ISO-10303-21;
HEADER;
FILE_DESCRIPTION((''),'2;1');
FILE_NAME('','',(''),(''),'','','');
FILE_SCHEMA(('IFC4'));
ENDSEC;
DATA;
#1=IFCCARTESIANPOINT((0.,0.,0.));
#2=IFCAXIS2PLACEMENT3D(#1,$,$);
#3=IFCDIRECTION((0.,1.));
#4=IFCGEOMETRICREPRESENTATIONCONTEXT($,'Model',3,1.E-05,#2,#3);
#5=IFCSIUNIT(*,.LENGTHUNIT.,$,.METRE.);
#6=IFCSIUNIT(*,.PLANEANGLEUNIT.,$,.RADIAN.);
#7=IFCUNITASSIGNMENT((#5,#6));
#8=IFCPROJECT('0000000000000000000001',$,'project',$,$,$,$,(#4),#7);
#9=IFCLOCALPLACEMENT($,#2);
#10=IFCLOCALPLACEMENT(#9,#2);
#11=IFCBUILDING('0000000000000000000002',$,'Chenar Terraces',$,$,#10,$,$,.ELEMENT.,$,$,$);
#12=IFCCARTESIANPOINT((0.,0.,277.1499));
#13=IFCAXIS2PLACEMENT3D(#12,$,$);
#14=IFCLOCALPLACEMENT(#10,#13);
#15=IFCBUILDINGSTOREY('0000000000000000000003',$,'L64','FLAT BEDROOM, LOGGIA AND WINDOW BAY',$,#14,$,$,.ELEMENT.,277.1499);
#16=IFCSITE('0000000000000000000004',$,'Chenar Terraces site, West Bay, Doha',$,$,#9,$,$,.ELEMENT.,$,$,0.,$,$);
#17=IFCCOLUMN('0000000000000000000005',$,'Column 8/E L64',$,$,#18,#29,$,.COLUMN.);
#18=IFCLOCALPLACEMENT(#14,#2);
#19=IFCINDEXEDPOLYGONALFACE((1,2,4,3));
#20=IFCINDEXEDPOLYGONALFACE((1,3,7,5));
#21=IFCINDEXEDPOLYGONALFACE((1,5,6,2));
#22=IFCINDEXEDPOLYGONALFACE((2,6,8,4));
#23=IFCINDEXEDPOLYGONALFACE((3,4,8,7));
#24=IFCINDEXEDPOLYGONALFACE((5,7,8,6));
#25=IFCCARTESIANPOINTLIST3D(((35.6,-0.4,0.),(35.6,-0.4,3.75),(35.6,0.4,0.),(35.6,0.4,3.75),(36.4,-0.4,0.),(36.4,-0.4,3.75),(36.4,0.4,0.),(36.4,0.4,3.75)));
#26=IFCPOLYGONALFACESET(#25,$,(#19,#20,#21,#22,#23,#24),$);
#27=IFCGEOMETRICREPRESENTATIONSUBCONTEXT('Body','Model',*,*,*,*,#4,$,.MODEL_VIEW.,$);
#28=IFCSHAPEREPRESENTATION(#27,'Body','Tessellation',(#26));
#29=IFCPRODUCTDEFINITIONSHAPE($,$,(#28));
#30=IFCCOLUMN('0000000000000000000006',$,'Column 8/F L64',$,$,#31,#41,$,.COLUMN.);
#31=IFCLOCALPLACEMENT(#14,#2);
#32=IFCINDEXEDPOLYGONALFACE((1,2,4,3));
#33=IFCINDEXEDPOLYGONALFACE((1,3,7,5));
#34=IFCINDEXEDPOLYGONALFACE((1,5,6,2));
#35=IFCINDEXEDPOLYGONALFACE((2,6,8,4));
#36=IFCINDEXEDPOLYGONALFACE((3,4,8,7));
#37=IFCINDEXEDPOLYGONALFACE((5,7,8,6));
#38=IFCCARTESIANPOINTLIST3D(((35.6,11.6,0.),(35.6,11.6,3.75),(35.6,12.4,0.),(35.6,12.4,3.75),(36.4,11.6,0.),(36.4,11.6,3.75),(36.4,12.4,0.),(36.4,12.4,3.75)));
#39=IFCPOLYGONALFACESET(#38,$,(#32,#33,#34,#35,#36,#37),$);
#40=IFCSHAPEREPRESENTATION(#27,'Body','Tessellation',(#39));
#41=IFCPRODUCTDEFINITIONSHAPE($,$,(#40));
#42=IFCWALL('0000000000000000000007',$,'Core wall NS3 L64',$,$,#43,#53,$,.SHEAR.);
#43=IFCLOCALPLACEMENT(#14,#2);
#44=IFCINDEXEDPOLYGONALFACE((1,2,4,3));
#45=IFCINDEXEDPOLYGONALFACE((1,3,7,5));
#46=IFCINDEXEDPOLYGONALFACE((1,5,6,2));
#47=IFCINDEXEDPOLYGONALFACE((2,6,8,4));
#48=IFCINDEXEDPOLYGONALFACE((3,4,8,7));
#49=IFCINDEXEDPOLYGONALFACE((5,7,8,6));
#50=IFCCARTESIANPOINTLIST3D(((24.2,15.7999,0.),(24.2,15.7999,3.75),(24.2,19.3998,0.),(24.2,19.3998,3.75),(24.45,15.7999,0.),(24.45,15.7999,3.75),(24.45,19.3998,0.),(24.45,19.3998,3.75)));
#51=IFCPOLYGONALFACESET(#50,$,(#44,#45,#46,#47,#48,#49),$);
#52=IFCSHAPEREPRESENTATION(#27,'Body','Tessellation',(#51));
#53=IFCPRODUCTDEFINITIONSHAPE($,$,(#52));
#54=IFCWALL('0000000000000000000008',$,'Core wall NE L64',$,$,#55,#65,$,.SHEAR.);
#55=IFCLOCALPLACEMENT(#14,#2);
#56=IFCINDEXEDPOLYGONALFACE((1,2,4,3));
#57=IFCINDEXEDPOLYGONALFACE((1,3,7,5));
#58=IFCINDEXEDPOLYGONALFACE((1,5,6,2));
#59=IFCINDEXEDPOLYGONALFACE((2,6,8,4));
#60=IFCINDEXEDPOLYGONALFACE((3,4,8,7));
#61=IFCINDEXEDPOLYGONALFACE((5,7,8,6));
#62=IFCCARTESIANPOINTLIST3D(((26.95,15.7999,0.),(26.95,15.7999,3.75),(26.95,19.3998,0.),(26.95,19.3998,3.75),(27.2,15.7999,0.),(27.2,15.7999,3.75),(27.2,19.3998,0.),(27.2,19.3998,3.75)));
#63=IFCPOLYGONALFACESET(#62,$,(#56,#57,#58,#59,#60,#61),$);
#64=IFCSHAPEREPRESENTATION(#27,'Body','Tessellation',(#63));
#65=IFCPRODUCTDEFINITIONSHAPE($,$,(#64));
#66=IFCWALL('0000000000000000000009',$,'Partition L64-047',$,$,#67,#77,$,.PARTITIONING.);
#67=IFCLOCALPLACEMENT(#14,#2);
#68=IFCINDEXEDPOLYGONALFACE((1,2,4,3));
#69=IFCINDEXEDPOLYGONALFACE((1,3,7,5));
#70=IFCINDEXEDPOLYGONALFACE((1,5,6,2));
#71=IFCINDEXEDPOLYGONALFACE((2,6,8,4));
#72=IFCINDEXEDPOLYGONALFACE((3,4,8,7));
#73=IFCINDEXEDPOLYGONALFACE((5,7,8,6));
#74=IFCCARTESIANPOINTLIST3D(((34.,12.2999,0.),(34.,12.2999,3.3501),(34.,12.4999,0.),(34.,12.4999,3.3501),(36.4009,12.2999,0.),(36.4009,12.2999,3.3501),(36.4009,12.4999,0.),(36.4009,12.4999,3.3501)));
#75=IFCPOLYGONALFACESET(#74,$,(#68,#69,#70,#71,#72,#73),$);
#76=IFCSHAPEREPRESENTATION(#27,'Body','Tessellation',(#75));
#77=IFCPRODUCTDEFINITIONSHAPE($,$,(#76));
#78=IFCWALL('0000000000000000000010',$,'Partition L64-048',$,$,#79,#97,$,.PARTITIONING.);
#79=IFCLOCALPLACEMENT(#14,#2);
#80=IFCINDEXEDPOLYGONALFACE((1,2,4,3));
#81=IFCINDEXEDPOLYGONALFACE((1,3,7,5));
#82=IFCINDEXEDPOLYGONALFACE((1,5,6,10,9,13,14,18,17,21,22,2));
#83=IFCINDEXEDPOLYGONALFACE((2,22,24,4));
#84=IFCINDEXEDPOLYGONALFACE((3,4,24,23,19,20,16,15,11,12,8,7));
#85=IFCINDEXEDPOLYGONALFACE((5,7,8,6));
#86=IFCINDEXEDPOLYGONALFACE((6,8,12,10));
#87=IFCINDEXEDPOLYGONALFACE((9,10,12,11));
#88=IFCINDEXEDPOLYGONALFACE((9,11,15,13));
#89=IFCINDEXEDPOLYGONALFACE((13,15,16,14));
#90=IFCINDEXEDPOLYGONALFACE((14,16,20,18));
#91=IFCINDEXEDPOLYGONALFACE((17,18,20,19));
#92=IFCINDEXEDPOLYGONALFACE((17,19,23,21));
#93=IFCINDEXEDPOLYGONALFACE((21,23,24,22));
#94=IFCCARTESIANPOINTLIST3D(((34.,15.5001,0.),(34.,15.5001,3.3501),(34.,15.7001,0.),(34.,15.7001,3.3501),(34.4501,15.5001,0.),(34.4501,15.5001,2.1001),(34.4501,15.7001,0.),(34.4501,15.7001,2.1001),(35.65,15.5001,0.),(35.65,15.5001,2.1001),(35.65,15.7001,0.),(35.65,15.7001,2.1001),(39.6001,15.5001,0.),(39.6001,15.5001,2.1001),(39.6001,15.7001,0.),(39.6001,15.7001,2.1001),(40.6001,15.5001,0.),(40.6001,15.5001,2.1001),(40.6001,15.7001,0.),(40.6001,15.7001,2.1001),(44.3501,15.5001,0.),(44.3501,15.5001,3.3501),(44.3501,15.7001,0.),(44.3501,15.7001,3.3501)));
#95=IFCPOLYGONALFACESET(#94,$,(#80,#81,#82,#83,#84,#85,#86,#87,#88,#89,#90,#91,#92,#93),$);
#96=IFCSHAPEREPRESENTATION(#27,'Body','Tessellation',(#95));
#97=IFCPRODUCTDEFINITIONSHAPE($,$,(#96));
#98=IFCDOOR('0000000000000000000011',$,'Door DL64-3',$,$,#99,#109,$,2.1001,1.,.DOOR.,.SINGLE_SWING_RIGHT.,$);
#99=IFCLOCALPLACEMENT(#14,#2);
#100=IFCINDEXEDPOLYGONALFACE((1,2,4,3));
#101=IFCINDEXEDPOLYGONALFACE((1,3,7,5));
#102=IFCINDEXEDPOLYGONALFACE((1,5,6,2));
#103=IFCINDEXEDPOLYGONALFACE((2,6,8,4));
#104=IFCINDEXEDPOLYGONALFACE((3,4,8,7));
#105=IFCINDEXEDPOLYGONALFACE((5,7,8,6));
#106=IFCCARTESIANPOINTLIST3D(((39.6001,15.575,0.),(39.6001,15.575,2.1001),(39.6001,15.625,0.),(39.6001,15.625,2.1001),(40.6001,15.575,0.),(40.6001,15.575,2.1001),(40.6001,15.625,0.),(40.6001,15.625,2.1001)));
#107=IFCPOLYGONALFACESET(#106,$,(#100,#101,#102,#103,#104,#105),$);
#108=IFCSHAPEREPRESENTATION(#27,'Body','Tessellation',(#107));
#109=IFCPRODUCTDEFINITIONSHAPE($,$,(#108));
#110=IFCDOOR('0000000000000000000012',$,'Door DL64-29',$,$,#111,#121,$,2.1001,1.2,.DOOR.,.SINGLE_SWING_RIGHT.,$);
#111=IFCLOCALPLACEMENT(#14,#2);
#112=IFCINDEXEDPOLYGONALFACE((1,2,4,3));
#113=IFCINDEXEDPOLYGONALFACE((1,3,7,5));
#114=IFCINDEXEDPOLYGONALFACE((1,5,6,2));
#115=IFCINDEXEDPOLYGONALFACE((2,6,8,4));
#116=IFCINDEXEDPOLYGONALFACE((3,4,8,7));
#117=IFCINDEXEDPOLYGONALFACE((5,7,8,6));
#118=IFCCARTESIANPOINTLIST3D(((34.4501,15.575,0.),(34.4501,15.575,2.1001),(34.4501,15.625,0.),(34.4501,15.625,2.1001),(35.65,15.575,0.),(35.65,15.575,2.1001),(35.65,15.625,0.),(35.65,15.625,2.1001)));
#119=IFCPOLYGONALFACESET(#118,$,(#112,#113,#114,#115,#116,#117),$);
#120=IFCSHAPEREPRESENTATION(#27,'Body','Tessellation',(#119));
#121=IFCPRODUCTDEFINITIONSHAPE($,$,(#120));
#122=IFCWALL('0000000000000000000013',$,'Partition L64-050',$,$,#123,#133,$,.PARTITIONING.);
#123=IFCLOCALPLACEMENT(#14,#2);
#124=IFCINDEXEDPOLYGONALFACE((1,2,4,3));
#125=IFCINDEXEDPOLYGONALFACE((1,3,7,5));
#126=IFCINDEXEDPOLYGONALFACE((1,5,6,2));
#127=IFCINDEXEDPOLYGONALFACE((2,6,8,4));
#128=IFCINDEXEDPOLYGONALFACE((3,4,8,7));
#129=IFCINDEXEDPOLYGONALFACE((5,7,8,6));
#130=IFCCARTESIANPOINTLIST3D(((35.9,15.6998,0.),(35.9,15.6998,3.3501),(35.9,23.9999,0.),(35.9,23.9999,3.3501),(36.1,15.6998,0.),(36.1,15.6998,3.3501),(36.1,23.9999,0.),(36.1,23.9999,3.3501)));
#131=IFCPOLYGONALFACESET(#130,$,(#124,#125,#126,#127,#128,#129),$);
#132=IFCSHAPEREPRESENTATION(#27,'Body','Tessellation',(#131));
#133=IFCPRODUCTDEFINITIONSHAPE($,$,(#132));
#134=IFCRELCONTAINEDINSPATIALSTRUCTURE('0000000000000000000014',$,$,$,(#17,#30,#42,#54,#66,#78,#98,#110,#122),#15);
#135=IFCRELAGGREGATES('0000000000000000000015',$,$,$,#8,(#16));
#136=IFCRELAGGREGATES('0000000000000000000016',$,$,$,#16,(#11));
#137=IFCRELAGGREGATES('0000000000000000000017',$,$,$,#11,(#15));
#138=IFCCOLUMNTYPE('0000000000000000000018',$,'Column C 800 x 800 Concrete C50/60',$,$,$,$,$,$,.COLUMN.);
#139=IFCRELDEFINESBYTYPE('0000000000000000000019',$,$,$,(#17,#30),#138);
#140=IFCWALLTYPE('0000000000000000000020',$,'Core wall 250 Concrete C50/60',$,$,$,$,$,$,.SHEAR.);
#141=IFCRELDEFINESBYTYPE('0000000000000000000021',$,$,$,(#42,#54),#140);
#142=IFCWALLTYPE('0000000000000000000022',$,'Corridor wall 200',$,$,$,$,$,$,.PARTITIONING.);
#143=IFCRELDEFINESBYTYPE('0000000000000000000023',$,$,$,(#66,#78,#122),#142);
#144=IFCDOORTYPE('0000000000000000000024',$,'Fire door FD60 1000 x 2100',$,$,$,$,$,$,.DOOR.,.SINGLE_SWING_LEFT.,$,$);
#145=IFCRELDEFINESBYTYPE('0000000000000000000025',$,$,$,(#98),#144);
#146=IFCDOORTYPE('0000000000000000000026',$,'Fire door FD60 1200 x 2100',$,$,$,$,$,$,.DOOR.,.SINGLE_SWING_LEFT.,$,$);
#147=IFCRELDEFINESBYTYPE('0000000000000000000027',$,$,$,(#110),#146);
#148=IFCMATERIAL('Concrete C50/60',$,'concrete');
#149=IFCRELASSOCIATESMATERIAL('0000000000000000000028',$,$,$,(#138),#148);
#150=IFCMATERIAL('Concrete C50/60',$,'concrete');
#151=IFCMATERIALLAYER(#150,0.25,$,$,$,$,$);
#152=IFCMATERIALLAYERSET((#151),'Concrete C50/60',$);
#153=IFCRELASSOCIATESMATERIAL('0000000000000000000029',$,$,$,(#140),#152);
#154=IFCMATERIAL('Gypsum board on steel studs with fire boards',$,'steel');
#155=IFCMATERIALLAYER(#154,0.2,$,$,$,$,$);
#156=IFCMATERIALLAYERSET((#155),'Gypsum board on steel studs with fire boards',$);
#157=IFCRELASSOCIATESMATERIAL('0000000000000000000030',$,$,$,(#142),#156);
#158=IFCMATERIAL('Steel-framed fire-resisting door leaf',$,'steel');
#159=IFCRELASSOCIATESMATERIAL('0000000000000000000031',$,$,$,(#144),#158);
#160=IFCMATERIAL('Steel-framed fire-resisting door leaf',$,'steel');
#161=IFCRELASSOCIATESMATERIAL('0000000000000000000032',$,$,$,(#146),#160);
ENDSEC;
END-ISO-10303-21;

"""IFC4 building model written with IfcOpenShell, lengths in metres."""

from ifc_helpers import new_model, si_unit, direction, frame, frame_2d, origin, origin_2d, place, context, subcontext, project, spatial, rectangle, extrude, material, layer, layer_set, material_profile, profile_set, type_object, element, fill, save


model = new_model("IFC4")

# Units and contexts
model_context = context("Model", 3, precision=1e-05, world=origin(), true_north=direction((0.0, 1.0)))
body_context = subcontext(model_context, "Body", "Model", "MODEL_VIEW")
ifc_project = project(units=[si_unit("LENGTHUNIT", "METRE"), si_unit("PLANEANGLEUNIT", "RADIAN")], contexts=[model_context])

# Site, building, storey
site_placement = place(None, origin())
site = spatial("IfcSite", under=ifc_project, at=site_placement, Name="Chenar Terraces site, West Bay, Doha", CompositionType="ELEMENT", RefElevation=0.0)
building_placement = place(site_placement, origin())
building = spatial("IfcBuilding", under=site, at=building_placement, Name="Chenar Terraces", CompositionType="ELEMENT")
storey_placement = place(building_placement, frame((0.0, 0.0, 277.1499)))
storey = spatial("IfcBuildingStorey", under=building, at=storey_placement, Name="L64", Description="FLAT BEDROOM, LOGGIA AND WINDOW BAY", CompositionType="ELEMENT", Elevation=277.1499)

# Columns
ifc_material_1 = material(Name="Concrete C50/60", Category="concrete")
ifc_material_profile = material_profile(ifc_material_1, rectangle(XDim=0.8, YDim=0.8, at=origin_2d()), Name="C 800 x 800")
ifc_profile_set = profile_set([ifc_material_profile], Name="Concrete C50/60")
column_type = type_object("IfcColumnType", Name="Column C 800 x 800 Concrete C50/60", PredefinedType="COLUMN", material=ifc_profile_set)
for number, where, z_axis, x_axis, name in (
    (1, (36.0, 0.0, 0.0), (0.0, 0.0, 1.0), (1.0, 0.0, 0.0), "Column 8/E L64"),
    (2, (36.0, 12.0, 0.0), (0.0, 0.0, 1.0), (1.0, 0.0, 0.0), "Column 8/F L64"),
):
    element("IfcColumn", number, at=place(storey_placement, frame(where, z_axis=z_axis, x_axis=x_axis)), inside=storey, type_object=column_type, Name=name, PredefinedType="COLUMN", context=body_context, shape_type="SweptSolid", body=[
        extrude(rectangle(XDim=0.8, YDim=0.8, at=origin_2d()), origin(), (0.0, 0.0, 1.0), 3.75),
    ])

# Walls
ifc_material_2 = material(Name="Concrete C50/60", Category="concrete")
ifc_layer_1 = layer(ifc_material_2, 0.25)
ifc_layer_set_1 = layer_set([ifc_layer_1], Name="Concrete C50/60")
wall_type_1 = type_object("IfcWallType", Name="Core wall 250 Concrete C50/60", PredefinedType="SHEAR", material=ifc_layer_set_1)
for number, where, z_axis, x_axis, name in (
    (3, (24.325, 15.8, 0.0), (0.0, 0.0, 1.0), (0.0, 1.0, 0.0), "Core wall NS3 L64"),
    (4, (27.075, 15.8, 0.0), (0.0, 0.0, 1.0), (0.0, 1.0, 0.0), "Core wall NE L64"),
):
    element("IfcWall", number, at=place(storey_placement, frame(where, z_axis=z_axis, x_axis=x_axis)), inside=storey, type_object=wall_type_1, Name=name, PredefinedType="SHEAR", context=body_context, shape_type="SweptSolid", body=[
        extrude(rectangle(XDim=3.5999, YDim=0.25, at=frame_2d((1.7998, 0.0))), origin(), (0.0, 0.0, 1.0), 3.75),
    ])

# Wall
ifc_material_3 = material(Name="Gypsum board on steel studs with fire boards", Category="steel")
ifc_layer_2 = layer(ifc_material_3, 0.2)
ifc_layer_set_2 = layer_set([ifc_layer_2], Name="Gypsum board on steel studs with fire boards")
wall_type_2 = type_object("IfcWallType", Name="Corridor wall 200", PredefinedType="PARTITIONING", material=ifc_layer_set_2)
wall_1_placement = place(storey_placement, frame((34.0, 12.3999, 0.0), z_axis=(0.0, 0.0, 1.0), x_axis=(1.0, 0.0, 0.0)))
element("IfcWall", 5, at=wall_1_placement, inside=storey, type_object=wall_type_2, Name="Partition L64-047", PredefinedType="PARTITIONING", context=body_context, shape_type="SweptSolid", body=[
    extrude(rectangle(XDim=2.4009, YDim=0.2, at=frame_2d((1.2004, 0.0))), origin(), (0.0, 0.0, 1.0), 3.3501),
])

# Wall, openings, doors
wall_2_placement = place(storey_placement, frame((34.0, 15.6001, 0.0), z_axis=(0.0, 0.0, 1.0), x_axis=(1.0, 0.0, 0.0)))
wall_2 = element("IfcWall", 6, at=wall_2_placement, inside=storey, type_object=wall_type_2, Name="Partition L64-048", PredefinedType="PARTITIONING", context=body_context, shape_type="SweptSolid", body=[
    extrude(rectangle(XDim=10.3501, YDim=0.2, at=frame_2d((5.175, 0.0))), origin(), (0.0, 0.0, 1.0), 3.3501),
])
opening_1_placement = place(wall_2_placement, frame((5.6001, 0.0, 0.0)))
opening_1 = element("IfcOpeningElement", 7, at=opening_1_placement, cuts=wall_2, PredefinedType="OPENING", context=body_context, shape_type="SweptSolid", body=[
    extrude(rectangle(XDim=1.0, YDim=2.1001, at=frame_2d((0.5, 1.05))), frame((0.0, 0.1099, 0.0), z_axis=(0.0, -1.0, 0.0), x_axis=(1.0, 0.0, 0.0)), (0.0, 0.0, 1.0), 0.22),
])
opening_2_placement = place(wall_2_placement, frame((0.45, 0.0, 0.0)))
opening_2 = element("IfcOpeningElement", 8, at=opening_2_placement, cuts=wall_2, PredefinedType="OPENING", context=body_context, shape_type="SweptSolid", body=[
    extrude(rectangle(XDim=1.2, YDim=2.1001, at=frame_2d((0.6001, 1.05))), frame((0.0, 0.1099, 0.0), z_axis=(0.0, -1.0, 0.0), x_axis=(1.0, 0.0, 0.0)), (0.0, 0.0, 1.0), 0.22),
])
ifc_material_4 = material(Name="Steel-framed fire-resisting door leaf", Category="steel")
door_type_1 = type_object("IfcDoorType", Name="Fire door FD60 1000 x 2100", OperationType="SINGLE_SWING_LEFT", PredefinedType="DOOR", material=ifc_material_4)
door_1_placement = place(opening_1_placement, origin())
door_1 = element("IfcDoor", 9, at=door_1_placement, inside=storey, type_object=door_type_1, Name="Door DL64-3", OperationType="SINGLE_SWING_RIGHT", OverallHeight=2.1001, OverallWidth=1.0, PredefinedType="DOOR", context=body_context, shape_type="SweptSolid", body=[
    extrude(rectangle(XDim=1.0, YDim=2.1001, at=frame_2d((0.5, 1.05))), frame((0.0, 0.0249, 0.0), z_axis=(0.0, -1.0, 0.0), x_axis=(1.0, 0.0, 0.0)), (0.0, 0.0, 1.0), 0.05),
])
fill(opening_1, door_1)
ifc_material_5 = material(Name="Steel-framed fire-resisting door leaf", Category="steel")
door_type_2 = type_object("IfcDoorType", Name="Fire door FD60 1200 x 2100", OperationType="SINGLE_SWING_LEFT", PredefinedType="DOOR", material=ifc_material_5)
door_2_placement = place(opening_2_placement, origin())
door_2 = element("IfcDoor", 10, at=door_2_placement, inside=storey, type_object=door_type_2, Name="Door DL64-29", OperationType="SINGLE_SWING_RIGHT", OverallHeight=2.1001, OverallWidth=1.2, PredefinedType="DOOR", context=body_context, shape_type="SweptSolid", body=[
    extrude(rectangle(XDim=1.2, YDim=2.1001, at=frame_2d((0.6001, 1.05))), frame((0.0, 0.0249, 0.0), z_axis=(0.0, -1.0, 0.0), x_axis=(1.0, 0.0, 0.0)), (0.0, 0.0, 1.0), 0.05),
])
fill(opening_2, door_2)

# Wall
wall_3_placement = place(storey_placement, frame((36.0, 15.7, 0.0), z_axis=(0.0, 0.0, 1.0), x_axis=(0.0, 1.0, 0.0)))
element("IfcWall", 11, at=wall_3_placement, inside=storey, type_object=wall_type_2, Name="Partition L64-050", PredefinedType="PARTITIONING", context=body_context, shape_type="SweptSolid", body=[
    extrude(rectangle(XDim=8.3, YDim=0.2, at=frame_2d((4.1499, 0.0))), origin(), (0.0, 0.0, 1.0), 3.3501),
])

save(model, "model.ifc")
